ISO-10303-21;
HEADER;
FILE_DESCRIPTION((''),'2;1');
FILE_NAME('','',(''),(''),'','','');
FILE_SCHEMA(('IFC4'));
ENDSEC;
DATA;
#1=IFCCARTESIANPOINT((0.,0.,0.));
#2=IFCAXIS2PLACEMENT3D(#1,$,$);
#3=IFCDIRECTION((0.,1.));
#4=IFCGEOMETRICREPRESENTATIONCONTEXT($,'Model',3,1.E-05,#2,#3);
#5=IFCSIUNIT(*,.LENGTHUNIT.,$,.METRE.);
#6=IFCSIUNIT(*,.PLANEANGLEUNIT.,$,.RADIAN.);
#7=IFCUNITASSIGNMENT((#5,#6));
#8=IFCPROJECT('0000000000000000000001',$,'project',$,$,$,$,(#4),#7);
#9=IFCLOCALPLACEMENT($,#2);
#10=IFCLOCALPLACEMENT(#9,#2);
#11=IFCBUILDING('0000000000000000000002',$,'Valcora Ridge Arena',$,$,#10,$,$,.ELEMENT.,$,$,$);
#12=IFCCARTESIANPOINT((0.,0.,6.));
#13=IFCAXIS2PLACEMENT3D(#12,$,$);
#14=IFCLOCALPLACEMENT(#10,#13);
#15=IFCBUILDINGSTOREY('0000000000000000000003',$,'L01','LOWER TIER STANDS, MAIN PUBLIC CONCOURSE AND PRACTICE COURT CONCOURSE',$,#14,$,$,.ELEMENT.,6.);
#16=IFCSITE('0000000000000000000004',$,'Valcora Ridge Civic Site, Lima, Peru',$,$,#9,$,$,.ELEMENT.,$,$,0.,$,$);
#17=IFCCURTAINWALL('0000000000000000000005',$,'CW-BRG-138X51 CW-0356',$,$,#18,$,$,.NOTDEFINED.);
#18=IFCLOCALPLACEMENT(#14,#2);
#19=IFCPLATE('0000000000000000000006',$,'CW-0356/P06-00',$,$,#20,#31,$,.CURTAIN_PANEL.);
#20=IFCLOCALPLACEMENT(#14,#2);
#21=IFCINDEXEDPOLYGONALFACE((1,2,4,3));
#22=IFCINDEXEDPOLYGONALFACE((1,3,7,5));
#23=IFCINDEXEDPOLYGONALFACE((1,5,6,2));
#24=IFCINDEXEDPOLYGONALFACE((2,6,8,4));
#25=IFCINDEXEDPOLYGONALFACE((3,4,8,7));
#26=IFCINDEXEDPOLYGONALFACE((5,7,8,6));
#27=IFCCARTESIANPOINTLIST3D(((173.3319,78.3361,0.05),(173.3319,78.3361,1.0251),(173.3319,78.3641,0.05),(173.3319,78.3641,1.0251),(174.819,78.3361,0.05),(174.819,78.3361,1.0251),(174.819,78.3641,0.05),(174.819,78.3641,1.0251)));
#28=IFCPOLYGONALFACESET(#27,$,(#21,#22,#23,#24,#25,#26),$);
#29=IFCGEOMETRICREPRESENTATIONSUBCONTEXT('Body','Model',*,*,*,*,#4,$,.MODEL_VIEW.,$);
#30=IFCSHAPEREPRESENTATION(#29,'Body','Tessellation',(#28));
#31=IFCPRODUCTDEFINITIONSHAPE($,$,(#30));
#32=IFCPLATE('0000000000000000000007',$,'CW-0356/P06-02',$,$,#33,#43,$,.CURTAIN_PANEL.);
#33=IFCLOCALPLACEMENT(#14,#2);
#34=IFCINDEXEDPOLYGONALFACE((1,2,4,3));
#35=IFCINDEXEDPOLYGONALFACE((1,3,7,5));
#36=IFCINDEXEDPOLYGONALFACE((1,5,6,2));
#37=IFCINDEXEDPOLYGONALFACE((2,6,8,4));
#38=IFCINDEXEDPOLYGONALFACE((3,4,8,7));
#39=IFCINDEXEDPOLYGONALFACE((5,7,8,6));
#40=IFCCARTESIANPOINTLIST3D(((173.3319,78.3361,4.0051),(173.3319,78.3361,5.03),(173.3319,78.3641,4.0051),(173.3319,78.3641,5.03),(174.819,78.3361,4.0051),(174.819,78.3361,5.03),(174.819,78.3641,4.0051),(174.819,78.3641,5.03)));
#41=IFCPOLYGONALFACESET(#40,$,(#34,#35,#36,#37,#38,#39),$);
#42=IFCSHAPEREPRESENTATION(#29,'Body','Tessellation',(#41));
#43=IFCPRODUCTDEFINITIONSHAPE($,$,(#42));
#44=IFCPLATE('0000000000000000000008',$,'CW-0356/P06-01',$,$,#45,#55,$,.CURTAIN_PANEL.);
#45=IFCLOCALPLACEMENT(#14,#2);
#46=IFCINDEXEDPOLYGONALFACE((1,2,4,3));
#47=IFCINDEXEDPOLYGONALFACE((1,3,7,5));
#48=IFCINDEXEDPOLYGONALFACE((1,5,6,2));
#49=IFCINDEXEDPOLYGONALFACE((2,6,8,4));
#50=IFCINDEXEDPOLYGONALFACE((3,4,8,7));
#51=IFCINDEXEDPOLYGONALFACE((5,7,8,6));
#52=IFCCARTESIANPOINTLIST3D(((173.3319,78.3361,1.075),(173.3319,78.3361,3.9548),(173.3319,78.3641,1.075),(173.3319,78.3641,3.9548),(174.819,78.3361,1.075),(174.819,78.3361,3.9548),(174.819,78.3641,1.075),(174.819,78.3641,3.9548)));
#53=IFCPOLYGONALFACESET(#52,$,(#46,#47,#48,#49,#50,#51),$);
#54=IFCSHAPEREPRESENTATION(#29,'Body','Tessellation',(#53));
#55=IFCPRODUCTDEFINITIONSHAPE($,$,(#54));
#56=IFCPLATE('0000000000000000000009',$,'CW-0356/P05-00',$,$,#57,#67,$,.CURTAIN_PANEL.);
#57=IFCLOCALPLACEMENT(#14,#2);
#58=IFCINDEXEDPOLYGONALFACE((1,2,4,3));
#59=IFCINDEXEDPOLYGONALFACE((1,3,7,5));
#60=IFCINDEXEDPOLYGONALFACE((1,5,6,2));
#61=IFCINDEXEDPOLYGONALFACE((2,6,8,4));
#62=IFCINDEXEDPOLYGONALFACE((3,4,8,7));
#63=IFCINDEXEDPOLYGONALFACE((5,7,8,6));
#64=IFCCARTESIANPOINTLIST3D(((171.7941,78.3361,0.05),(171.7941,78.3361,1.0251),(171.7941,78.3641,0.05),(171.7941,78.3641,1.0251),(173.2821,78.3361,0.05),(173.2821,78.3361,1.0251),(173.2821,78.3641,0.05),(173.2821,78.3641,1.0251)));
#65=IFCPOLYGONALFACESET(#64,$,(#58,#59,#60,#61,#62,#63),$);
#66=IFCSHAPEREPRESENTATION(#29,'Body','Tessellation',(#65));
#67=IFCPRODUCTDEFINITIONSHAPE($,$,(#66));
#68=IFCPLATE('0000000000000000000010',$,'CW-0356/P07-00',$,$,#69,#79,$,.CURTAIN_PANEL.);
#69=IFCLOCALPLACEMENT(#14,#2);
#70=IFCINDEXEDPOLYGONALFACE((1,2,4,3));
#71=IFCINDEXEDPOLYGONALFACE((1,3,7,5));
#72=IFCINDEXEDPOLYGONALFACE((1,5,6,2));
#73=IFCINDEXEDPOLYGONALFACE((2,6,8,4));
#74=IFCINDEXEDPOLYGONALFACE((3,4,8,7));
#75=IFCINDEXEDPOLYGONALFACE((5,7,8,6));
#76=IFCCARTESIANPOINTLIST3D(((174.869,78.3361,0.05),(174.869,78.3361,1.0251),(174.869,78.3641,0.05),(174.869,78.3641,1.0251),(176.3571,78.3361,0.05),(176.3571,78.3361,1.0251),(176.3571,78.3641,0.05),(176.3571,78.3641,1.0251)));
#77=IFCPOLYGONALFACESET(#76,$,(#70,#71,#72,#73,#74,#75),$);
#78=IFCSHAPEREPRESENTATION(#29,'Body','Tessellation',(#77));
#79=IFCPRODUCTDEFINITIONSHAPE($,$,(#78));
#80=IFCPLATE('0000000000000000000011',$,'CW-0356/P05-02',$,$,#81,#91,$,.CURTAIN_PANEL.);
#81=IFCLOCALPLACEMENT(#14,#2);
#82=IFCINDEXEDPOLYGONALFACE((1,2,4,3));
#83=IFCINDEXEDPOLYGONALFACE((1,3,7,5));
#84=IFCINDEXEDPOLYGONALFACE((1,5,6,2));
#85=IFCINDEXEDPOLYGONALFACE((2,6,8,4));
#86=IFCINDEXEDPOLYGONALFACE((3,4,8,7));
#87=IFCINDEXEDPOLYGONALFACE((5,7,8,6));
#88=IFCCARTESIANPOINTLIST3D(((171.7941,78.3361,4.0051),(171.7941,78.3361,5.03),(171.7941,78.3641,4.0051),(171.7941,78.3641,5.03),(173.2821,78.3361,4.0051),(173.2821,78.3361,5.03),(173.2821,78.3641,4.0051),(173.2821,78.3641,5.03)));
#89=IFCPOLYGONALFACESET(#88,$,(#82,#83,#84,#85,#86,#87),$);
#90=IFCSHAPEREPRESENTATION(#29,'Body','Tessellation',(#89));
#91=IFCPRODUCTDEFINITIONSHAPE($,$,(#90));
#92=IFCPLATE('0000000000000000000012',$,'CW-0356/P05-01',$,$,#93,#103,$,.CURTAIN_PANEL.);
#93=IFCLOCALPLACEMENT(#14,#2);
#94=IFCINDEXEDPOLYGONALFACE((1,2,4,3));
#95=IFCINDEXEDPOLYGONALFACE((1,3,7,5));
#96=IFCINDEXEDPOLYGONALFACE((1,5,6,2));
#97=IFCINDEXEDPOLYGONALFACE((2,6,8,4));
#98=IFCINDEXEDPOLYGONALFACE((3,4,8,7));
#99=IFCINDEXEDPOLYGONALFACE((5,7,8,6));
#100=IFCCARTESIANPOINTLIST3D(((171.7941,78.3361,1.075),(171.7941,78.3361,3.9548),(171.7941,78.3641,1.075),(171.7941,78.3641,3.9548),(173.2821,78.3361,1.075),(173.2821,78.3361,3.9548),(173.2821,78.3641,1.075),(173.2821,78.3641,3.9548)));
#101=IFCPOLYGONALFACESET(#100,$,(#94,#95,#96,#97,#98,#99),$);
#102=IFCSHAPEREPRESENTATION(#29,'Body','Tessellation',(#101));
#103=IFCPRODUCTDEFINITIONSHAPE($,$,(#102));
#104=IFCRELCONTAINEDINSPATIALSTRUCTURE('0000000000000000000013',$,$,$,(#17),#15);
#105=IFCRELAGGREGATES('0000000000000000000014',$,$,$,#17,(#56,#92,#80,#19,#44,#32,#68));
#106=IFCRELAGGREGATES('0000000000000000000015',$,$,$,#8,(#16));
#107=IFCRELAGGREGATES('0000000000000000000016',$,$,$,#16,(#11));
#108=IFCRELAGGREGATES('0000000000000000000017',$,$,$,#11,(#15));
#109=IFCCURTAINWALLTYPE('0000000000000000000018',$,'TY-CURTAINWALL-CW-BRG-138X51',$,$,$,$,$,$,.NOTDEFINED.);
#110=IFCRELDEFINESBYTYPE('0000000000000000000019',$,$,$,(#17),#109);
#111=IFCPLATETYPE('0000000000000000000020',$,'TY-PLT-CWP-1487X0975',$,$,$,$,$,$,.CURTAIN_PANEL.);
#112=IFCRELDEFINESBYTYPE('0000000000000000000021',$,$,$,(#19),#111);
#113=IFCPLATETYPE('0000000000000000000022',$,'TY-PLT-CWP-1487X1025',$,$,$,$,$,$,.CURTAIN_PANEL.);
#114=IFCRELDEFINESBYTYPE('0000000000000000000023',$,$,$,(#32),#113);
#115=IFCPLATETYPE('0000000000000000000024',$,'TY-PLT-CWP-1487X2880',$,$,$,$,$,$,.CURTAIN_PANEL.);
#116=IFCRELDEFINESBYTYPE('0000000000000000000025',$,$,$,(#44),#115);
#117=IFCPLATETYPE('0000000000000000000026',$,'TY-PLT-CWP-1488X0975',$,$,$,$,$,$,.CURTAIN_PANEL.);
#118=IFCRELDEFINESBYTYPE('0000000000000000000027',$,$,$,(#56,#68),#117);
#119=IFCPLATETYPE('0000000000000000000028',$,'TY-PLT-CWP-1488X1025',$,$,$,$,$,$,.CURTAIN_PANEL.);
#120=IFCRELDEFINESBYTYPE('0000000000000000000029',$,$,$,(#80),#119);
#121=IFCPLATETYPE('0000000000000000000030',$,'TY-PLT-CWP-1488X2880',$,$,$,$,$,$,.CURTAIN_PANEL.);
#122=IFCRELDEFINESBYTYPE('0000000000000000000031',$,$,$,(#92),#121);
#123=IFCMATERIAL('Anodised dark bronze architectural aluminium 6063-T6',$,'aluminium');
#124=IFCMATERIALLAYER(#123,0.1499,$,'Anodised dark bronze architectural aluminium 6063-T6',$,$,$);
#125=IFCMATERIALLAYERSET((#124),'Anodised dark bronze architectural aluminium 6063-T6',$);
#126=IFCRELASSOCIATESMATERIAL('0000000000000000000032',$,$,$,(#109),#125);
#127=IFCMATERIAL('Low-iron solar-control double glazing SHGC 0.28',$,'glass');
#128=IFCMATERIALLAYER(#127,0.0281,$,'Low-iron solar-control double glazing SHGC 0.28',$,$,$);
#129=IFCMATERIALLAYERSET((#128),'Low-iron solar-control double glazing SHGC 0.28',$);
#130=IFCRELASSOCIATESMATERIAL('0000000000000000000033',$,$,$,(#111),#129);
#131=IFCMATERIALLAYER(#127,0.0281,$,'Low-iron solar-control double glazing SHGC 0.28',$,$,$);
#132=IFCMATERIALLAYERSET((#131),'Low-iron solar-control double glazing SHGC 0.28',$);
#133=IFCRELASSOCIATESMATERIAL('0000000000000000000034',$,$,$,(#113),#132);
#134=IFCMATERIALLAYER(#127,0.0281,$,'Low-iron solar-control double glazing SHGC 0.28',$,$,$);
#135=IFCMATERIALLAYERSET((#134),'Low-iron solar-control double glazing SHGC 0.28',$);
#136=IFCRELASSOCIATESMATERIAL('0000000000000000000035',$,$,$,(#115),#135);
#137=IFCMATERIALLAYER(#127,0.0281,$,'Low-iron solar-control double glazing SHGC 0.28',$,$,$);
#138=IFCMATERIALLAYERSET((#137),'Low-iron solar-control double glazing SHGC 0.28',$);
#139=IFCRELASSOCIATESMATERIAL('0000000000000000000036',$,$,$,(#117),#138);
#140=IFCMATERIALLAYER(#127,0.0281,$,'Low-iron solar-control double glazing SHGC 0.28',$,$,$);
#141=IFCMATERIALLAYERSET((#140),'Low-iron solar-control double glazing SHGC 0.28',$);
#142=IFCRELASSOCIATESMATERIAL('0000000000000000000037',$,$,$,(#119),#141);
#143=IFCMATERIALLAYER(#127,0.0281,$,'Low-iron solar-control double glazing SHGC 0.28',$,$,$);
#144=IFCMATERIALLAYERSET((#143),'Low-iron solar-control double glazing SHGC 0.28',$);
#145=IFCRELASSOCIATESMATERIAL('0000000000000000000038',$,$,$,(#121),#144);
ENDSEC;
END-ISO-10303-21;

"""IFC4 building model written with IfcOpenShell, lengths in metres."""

from ifc_helpers import new_model, si_unit, direction, frame, origin, origin_2d, place, context, subcontext, project, spatial, rectangle, extrude, material, layer, layer_set, type_object, element, aggregate, save


model = new_model("IFC4")

# Units and contexts
model_context = context("Model", 3, precision=1e-05, world=origin(), true_north=direction((0.0, 1.0)))
body_context = subcontext(model_context, "Body", "Model", "MODEL_VIEW")
ifc_project = project(units=[si_unit("LENGTHUNIT", "METRE"), si_unit("PLANEANGLEUNIT", "RADIAN")], contexts=[model_context])

# Site, building, storey
site_placement = place(None, origin())
site = spatial("IfcSite", under=ifc_project, at=site_placement, Name="Valcora Ridge Civic Site, Lima, Peru", CompositionType="ELEMENT", RefElevation=0.0)
building_placement = place(site_placement, origin())
building = spatial("IfcBuilding", under=site, at=building_placement, Name="Valcora Ridge Arena", CompositionType="ELEMENT")
storey_placement = place(building_placement, frame((0.0, 0.0, 6.0)))
storey = spatial("IfcBuildingStorey", under=building, at=storey_placement, Name="L01", Description="LOWER TIER STANDS, MAIN PUBLIC CONCOURSE AND PRACTICE COURT CONCOURSE", CompositionType="ELEMENT", Elevation=6.0)

# Curtain wall, plates
ifc_material_1 = material(Name="Anodised dark bronze architectural aluminium 6063-T6", Category="aluminium")
ifc_layer_1 = layer(ifc_material_1, 0.1499, Name="Anodised dark bronze architectural aluminium 6063-T6")
ifc_layer_set_1 = layer_set([ifc_layer_1], Name="Anodised dark bronze architectural aluminium 6063-T6")
curtain_wall_type = type_object("IfcCurtainWallType", Name="TY-CURTAINWALL-CW-BRG-138X51", PredefinedType="NOTDEFINED", material=ifc_layer_set_1)
curtain_wall_placement = place(storey_placement, origin())
curtain_wall = element("IfcCurtainWall", 1, at=curtain_wall_placement, inside=storey, type_object=curtain_wall_type, Name="CW-BRG-138X51 CW-0356", PredefinedType="NOTDEFINED")
ifc_material_2 = material(Name="Low-iron solar-control double glazing SHGC 0.28", Category="glass")
ifc_layer_2 = layer(ifc_material_2, 0.0281, Name="Low-iron solar-control double glazing SHGC 0.28")
ifc_layer_set_2 = layer_set([ifc_layer_2], Name="Low-iron solar-control double glazing SHGC 0.28")
plate_type_1 = type_object("IfcPlateType", Name="TY-PLT-CWP-1487X0975", PredefinedType="CURTAIN_PANEL", material=ifc_layer_set_2)
plate_1_placement = place(storey_placement, frame((174.0754, 78.3501, 0.05), z_axis=(0.0, 0.0, 1.0), x_axis=(1.0, 0.0, 0.0)))
plate_1 = element("IfcPlate", 2, at=plate_1_placement, type_object=plate_type_1, Name="CW-0356/P06-00", PredefinedType="CURTAIN_PANEL", context=body_context, shape_type="SweptSolid", body=[
    extrude(rectangle(XDim=1.4871, YDim=0.0281, at=origin_2d()), origin(), (0.0, 0.0, 1.0), 0.9751),
])
ifc_layer_3 = layer(ifc_material_2, 0.0281, Name="Low-iron solar-control double glazing SHGC 0.28")
ifc_layer_set_3 = layer_set([ifc_layer_3], Name="Low-iron solar-control double glazing SHGC 0.28")
plate_type_2 = type_object("IfcPlateType", Name="TY-PLT-CWP-1487X1025", PredefinedType="CURTAIN_PANEL", material=ifc_layer_set_3)
plate_2_placement = place(storey_placement, frame((174.0754, 78.3501, 4.0051), z_axis=(0.0, 0.0, 1.0), x_axis=(1.0, 0.0, 0.0)))
plate_2 = element("IfcPlate", 3, at=plate_2_placement, type_object=plate_type_2, Name="CW-0356/P06-02", PredefinedType="CURTAIN_PANEL", context=body_context, shape_type="SweptSolid", body=[
    extrude(rectangle(XDim=1.4871, YDim=0.0281, at=origin_2d()), origin(), (0.0, 0.0, 1.0), 1.0249),
])
ifc_layer_4 = layer(ifc_material_2, 0.0281, Name="Low-iron solar-control double glazing SHGC 0.28")
ifc_layer_set_4 = layer_set([ifc_layer_4], Name="Low-iron solar-control double glazing SHGC 0.28")
plate_type_3 = type_object("IfcPlateType", Name="TY-PLT-CWP-1487X2880", PredefinedType="CURTAIN_PANEL", material=ifc_layer_set_4)
plate_3_placement = place(storey_placement, frame((174.0754, 78.3501, 1.075), z_axis=(0.0, 0.0, 1.0), x_axis=(1.0, 0.0, 0.0)))
plate_3 = element("IfcPlate", 4, at=plate_3_placement, type_object=plate_type_3, Name="CW-0356/P06-01", PredefinedType="CURTAIN_PANEL", context=body_context, shape_type="SweptSolid", body=[
    extrude(rectangle(XDim=1.4871, YDim=0.0281, at=origin_2d()), origin(), (0.0, 0.0, 1.0), 2.8799),
])
ifc_layer_5 = layer(ifc_material_2, 0.0281, Name="Low-iron solar-control double glazing SHGC 0.28")
ifc_layer_set_5 = layer_set([ifc_layer_5], Name="Low-iron solar-control double glazing SHGC 0.28")
plate_type_4 = type_object("IfcPlateType", Name="TY-PLT-CWP-1488X0975", PredefinedType="CURTAIN_PANEL", material=ifc_layer_set_5)
plate_4_placement = place(storey_placement, frame((172.5381, 78.3501, 0.05), z_axis=(0.0, 0.0, 1.0), x_axis=(1.0, 0.0, 0.0)))
plate_4 = element("IfcPlate", 5, at=plate_4_placement, type_object=plate_type_4, Name="CW-0356/P05-00", PredefinedType="CURTAIN_PANEL", context=body_context, shape_type="SweptSolid", body=[
    extrude(rectangle(XDim=1.488, YDim=0.0281, at=origin_2d()), origin(), (0.0, 0.0, 1.0), 0.9751),
])
plate_5_placement = place(storey_placement, frame((175.613, 78.3501, 0.05), z_axis=(0.0, 0.0, 1.0), x_axis=(1.0, 0.0, 0.0)))
plate_5 = element("IfcPlate", 6, at=plate_5_placement, type_object=plate_type_4, Name="CW-0356/P07-00", PredefinedType="CURTAIN_PANEL", context=body_context, shape_type="SweptSolid", body=[
    extrude(rectangle(XDim=1.488, YDim=0.0281, at=origin_2d()), origin(), (0.0, 0.0, 1.0), 0.9751),
])
ifc_layer_6 = layer(ifc_material_2, 0.0281, Name="Low-iron solar-control double glazing SHGC 0.28")
ifc_layer_set_6 = layer_set([ifc_layer_6], Name="Low-iron solar-control double glazing SHGC 0.28")
plate_type_5 = type_object("IfcPlateType", Name="TY-PLT-CWP-1488X1025", PredefinedType="CURTAIN_PANEL", material=ifc_layer_set_6)
plate_6_placement = place(storey_placement, frame((172.5381, 78.3501, 4.0051), z_axis=(0.0, 0.0, 1.0), x_axis=(1.0, 0.0, 0.0)))
plate_6 = element("IfcPlate", 7, at=plate_6_placement, type_object=plate_type_5, Name="CW-0356/P05-02", PredefinedType="CURTAIN_PANEL", context=body_context, shape_type="SweptSolid", body=[
    extrude(rectangle(XDim=1.488, YDim=0.0281, at=origin_2d()), origin(), (0.0, 0.0, 1.0), 1.0249),
])
ifc_layer_7 = layer(ifc_material_2, 0.0281, Name="Low-iron solar-control double glazing SHGC 0.28")
ifc_layer_set_7 = layer_set([ifc_layer_7], Name="Low-iron solar-control double glazing SHGC 0.28")
plate_type_6 = type_object("IfcPlateType", Name="TY-PLT-CWP-1488X2880", PredefinedType="CURTAIN_PANEL", material=ifc_layer_set_7)
plate_7_placement = place(storey_placement, frame((172.5381, 78.3501, 1.075), z_axis=(0.0, 0.0, 1.0), x_axis=(1.0, 0.0, 0.0)))
plate_7 = element("IfcPlate", 8, at=plate_7_placement, type_object=plate_type_6, Name="CW-0356/P05-01", PredefinedType="CURTAIN_PANEL", context=body_context, shape_type="SweptSolid", body=[
    extrude(rectangle(XDim=1.488, YDim=0.0281, at=origin_2d()), origin(), (0.0, 0.0, 1.0), 2.8799),
])
aggregate(curtain_wall, [plate_4, plate_7, plate_6, plate_1, plate_3, plate_2, plate_5])

save(model, "model.ifc")
